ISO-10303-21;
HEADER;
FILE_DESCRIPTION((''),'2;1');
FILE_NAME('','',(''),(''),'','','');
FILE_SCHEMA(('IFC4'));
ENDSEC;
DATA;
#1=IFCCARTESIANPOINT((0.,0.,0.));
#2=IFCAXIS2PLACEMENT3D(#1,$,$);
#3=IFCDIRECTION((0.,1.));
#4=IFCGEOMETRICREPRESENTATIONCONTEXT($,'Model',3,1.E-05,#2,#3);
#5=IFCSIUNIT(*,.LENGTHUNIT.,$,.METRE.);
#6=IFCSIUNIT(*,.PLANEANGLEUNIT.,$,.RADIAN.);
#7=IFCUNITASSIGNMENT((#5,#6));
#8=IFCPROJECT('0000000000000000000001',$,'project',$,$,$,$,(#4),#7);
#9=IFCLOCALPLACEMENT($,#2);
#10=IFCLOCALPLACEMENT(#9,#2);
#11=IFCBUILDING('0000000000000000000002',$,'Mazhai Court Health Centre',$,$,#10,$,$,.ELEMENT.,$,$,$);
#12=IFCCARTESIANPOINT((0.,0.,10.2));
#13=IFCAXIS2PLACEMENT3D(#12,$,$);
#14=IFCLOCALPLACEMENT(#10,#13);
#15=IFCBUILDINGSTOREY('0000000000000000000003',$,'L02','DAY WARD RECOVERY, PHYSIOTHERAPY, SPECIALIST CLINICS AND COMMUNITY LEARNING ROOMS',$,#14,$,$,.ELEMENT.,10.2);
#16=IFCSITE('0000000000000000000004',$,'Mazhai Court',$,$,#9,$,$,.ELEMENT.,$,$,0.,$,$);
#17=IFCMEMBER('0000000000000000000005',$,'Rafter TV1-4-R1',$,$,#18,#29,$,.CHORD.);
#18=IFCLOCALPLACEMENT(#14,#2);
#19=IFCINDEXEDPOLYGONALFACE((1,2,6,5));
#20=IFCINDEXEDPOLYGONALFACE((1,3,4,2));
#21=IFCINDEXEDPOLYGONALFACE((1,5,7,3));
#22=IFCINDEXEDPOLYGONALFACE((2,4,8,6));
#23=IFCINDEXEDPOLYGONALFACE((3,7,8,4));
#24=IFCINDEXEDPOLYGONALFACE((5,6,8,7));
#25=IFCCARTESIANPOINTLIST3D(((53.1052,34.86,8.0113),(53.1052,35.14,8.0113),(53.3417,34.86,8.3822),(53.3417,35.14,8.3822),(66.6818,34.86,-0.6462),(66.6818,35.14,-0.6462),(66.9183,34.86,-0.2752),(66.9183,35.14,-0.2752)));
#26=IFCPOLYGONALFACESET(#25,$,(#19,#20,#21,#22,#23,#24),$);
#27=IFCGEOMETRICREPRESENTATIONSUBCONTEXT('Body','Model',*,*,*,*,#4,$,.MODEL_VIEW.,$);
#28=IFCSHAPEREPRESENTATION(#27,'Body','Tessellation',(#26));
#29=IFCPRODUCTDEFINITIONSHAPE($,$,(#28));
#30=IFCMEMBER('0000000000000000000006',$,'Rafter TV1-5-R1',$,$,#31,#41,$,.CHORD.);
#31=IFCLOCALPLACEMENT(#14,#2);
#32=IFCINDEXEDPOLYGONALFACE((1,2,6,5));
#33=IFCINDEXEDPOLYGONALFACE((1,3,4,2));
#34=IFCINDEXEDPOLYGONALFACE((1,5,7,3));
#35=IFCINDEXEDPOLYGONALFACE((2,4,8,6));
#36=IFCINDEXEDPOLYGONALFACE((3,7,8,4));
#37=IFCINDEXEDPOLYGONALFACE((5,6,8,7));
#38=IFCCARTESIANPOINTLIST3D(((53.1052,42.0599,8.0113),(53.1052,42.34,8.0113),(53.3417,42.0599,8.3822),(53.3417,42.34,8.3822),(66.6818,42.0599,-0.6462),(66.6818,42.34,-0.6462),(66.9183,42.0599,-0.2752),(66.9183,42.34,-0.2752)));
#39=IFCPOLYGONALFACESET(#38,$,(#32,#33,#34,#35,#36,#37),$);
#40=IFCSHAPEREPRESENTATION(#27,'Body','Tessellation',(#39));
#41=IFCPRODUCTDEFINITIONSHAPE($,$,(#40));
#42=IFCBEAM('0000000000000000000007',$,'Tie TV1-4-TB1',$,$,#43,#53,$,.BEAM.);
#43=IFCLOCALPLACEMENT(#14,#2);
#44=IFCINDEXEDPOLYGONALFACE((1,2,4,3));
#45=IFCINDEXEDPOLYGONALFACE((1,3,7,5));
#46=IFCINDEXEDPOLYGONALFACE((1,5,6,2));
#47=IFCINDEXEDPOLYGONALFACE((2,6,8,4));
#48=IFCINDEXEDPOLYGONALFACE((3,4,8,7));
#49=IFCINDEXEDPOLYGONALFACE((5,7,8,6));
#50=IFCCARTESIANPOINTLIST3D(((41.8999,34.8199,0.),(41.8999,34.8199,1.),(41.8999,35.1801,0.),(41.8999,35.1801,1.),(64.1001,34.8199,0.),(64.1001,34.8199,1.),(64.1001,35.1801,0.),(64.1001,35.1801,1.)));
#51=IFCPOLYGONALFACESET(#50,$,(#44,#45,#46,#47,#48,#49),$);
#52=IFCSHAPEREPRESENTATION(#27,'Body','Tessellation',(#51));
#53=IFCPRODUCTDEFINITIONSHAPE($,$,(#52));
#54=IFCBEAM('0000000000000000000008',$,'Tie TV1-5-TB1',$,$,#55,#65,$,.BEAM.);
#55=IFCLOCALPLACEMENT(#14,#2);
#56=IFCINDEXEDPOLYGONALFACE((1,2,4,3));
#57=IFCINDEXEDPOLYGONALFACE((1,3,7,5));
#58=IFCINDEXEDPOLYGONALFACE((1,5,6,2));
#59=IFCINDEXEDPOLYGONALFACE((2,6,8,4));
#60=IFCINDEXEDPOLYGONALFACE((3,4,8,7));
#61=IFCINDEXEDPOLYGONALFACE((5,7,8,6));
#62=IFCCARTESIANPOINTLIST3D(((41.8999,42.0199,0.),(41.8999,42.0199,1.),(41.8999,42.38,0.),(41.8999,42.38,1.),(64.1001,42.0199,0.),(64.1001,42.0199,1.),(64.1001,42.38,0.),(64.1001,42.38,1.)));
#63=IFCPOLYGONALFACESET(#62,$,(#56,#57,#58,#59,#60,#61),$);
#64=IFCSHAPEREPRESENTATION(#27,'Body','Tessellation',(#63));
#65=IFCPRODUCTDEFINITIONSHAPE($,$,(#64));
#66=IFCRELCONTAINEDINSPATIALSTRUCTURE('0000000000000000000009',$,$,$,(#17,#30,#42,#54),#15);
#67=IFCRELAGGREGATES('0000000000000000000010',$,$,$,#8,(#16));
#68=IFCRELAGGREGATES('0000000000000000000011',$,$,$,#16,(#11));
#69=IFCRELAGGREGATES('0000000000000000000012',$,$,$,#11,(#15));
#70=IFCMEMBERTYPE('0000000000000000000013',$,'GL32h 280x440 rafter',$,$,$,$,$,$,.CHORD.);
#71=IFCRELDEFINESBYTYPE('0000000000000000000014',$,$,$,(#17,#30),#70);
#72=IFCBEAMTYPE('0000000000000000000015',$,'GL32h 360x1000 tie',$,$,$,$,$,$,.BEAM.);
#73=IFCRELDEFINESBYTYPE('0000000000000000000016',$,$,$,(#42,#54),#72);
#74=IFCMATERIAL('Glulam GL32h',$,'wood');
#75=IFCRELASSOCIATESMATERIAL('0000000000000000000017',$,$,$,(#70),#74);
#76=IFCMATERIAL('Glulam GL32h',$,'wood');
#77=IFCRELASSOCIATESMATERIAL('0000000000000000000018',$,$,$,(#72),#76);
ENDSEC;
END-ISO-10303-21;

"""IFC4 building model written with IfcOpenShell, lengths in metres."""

from ifc_helpers import new_model, si_unit, direction, frame, origin, origin_2d, place, context, subcontext, project, spatial, rectangle, extrude, material, material_profile, profile_set, type_object, element, save


model = new_model("IFC4")

# Units and contexts
model_context = context("Model", 3, precision=1e-05, world=origin(), true_north=direction((0.0, 1.0)))
body_context = subcontext(model_context, "Body", "Model", "MODEL_VIEW")
ifc_project = project(units=[si_unit("LENGTHUNIT", "METRE"), si_unit("PLANEANGLEUNIT", "RADIAN")], contexts=[model_context])

# Site, building, storey
site_placement = place(None, origin())
site = spatial("IfcSite", under=ifc_project, at=site_placement, Name="Mazhai Court", CompositionType="ELEMENT", RefElevation=0.0)
building_placement = place(site_placement, origin())
building = spatial("IfcBuilding", under=site, at=building_placement, Name="Mazhai Court Health Centre", CompositionType="ELEMENT")
storey_placement = place(building_placement, frame((0.0, 0.0, 10.2)))
storey = spatial("IfcBuildingStorey", under=building, at=storey_placement, Name="L02", Description="DAY WARD RECOVERY, PHYSIOTHERAPY, SPECIALIST CLINICS AND COMMUNITY LEARNING ROOMS", CompositionType="ELEMENT", Elevation=10.2)

# Members
ifc_material_1 = material(Name="Glulam GL32h", Category="wood")
ifc_material_profile_1 = material_profile(ifc_material_1, rectangle(XDim=0.28, YDim=0.4399, at=origin_2d()), Name="GL32h 280x440")
ifc_profile_set_1 = profile_set([ifc_material_profile_1], Name="Glulam GL32h")
member_type_1 = type_object("IfcMemberType", Name="GL32h 280x440 rafter", PredefinedType="CHORD", material=ifc_profile_set_1)
for number, where, z_axis, x_axis, name in (
    (1, (66.8, 35.0, -0.4607), (-0.843161, 0.0, 0.537661), (0.0, -1.0, 0.0), "Rafter TV1-4-R1"),
    (2, (66.8, 42.2, -0.4607), (-0.843161, 0.0, 0.537661), (0.0, -1.0, 0.0), "Rafter TV1-5-R1"),
):
    element("IfcMember", number, at=place(storey_placement, frame(where, z_axis=z_axis, x_axis=x_axis)), inside=storey, type_object=member_type_1, Name=name, PredefinedType="CHORD", context=body_context, shape_type="SweptSolid", body=[
        extrude(rectangle(XDim=0.28, YDim=0.4399, at=origin_2d()), origin(), (0.0, 0.0, 1.0), 16.1021),
    ])

# Beams
ifc_material_2 = material(Name="Glulam GL32h", Category="wood")
ifc_material_profile_2 = material_profile(ifc_material_2, rectangle(XDim=0.3601, YDim=1.0, at=origin_2d()), Name="GL32h 360x1000")
ifc_profile_set_2 = profile_set([ifc_material_profile_2], Name="Glulam GL32h")
beam_type = type_object("IfcBeamType", Name="GL32h 360x1000 tie", PredefinedType="BEAM", material=ifc_profile_set_2)
for number, where, z_axis, x_axis, name in (
    (3, (64.1001, 35.0, 0.5), (-1.0, 0.0, 0.0), (0.0, -1.0, 0.0), "Tie TV1-4-TB1"),
    (4, (64.1001, 42.2, 0.5), (-1.0, 0.0, 0.0), (0.0, -1.0, 0.0), "Tie TV1-5-TB1"),
):
    element("IfcBeam", number, at=place(storey_placement, frame(where, z_axis=z_axis, x_axis=x_axis)), inside=storey, type_object=beam_type, Name=name, PredefinedType="BEAM", context=body_context, shape_type="SweptSolid", body=[
        extrude(rectangle(XDim=0.3601, YDim=1.0, at=origin_2d()), origin(), (0.0, 0.0, 1.0), 22.2002),
    ])

save(model, "model.ifc")
